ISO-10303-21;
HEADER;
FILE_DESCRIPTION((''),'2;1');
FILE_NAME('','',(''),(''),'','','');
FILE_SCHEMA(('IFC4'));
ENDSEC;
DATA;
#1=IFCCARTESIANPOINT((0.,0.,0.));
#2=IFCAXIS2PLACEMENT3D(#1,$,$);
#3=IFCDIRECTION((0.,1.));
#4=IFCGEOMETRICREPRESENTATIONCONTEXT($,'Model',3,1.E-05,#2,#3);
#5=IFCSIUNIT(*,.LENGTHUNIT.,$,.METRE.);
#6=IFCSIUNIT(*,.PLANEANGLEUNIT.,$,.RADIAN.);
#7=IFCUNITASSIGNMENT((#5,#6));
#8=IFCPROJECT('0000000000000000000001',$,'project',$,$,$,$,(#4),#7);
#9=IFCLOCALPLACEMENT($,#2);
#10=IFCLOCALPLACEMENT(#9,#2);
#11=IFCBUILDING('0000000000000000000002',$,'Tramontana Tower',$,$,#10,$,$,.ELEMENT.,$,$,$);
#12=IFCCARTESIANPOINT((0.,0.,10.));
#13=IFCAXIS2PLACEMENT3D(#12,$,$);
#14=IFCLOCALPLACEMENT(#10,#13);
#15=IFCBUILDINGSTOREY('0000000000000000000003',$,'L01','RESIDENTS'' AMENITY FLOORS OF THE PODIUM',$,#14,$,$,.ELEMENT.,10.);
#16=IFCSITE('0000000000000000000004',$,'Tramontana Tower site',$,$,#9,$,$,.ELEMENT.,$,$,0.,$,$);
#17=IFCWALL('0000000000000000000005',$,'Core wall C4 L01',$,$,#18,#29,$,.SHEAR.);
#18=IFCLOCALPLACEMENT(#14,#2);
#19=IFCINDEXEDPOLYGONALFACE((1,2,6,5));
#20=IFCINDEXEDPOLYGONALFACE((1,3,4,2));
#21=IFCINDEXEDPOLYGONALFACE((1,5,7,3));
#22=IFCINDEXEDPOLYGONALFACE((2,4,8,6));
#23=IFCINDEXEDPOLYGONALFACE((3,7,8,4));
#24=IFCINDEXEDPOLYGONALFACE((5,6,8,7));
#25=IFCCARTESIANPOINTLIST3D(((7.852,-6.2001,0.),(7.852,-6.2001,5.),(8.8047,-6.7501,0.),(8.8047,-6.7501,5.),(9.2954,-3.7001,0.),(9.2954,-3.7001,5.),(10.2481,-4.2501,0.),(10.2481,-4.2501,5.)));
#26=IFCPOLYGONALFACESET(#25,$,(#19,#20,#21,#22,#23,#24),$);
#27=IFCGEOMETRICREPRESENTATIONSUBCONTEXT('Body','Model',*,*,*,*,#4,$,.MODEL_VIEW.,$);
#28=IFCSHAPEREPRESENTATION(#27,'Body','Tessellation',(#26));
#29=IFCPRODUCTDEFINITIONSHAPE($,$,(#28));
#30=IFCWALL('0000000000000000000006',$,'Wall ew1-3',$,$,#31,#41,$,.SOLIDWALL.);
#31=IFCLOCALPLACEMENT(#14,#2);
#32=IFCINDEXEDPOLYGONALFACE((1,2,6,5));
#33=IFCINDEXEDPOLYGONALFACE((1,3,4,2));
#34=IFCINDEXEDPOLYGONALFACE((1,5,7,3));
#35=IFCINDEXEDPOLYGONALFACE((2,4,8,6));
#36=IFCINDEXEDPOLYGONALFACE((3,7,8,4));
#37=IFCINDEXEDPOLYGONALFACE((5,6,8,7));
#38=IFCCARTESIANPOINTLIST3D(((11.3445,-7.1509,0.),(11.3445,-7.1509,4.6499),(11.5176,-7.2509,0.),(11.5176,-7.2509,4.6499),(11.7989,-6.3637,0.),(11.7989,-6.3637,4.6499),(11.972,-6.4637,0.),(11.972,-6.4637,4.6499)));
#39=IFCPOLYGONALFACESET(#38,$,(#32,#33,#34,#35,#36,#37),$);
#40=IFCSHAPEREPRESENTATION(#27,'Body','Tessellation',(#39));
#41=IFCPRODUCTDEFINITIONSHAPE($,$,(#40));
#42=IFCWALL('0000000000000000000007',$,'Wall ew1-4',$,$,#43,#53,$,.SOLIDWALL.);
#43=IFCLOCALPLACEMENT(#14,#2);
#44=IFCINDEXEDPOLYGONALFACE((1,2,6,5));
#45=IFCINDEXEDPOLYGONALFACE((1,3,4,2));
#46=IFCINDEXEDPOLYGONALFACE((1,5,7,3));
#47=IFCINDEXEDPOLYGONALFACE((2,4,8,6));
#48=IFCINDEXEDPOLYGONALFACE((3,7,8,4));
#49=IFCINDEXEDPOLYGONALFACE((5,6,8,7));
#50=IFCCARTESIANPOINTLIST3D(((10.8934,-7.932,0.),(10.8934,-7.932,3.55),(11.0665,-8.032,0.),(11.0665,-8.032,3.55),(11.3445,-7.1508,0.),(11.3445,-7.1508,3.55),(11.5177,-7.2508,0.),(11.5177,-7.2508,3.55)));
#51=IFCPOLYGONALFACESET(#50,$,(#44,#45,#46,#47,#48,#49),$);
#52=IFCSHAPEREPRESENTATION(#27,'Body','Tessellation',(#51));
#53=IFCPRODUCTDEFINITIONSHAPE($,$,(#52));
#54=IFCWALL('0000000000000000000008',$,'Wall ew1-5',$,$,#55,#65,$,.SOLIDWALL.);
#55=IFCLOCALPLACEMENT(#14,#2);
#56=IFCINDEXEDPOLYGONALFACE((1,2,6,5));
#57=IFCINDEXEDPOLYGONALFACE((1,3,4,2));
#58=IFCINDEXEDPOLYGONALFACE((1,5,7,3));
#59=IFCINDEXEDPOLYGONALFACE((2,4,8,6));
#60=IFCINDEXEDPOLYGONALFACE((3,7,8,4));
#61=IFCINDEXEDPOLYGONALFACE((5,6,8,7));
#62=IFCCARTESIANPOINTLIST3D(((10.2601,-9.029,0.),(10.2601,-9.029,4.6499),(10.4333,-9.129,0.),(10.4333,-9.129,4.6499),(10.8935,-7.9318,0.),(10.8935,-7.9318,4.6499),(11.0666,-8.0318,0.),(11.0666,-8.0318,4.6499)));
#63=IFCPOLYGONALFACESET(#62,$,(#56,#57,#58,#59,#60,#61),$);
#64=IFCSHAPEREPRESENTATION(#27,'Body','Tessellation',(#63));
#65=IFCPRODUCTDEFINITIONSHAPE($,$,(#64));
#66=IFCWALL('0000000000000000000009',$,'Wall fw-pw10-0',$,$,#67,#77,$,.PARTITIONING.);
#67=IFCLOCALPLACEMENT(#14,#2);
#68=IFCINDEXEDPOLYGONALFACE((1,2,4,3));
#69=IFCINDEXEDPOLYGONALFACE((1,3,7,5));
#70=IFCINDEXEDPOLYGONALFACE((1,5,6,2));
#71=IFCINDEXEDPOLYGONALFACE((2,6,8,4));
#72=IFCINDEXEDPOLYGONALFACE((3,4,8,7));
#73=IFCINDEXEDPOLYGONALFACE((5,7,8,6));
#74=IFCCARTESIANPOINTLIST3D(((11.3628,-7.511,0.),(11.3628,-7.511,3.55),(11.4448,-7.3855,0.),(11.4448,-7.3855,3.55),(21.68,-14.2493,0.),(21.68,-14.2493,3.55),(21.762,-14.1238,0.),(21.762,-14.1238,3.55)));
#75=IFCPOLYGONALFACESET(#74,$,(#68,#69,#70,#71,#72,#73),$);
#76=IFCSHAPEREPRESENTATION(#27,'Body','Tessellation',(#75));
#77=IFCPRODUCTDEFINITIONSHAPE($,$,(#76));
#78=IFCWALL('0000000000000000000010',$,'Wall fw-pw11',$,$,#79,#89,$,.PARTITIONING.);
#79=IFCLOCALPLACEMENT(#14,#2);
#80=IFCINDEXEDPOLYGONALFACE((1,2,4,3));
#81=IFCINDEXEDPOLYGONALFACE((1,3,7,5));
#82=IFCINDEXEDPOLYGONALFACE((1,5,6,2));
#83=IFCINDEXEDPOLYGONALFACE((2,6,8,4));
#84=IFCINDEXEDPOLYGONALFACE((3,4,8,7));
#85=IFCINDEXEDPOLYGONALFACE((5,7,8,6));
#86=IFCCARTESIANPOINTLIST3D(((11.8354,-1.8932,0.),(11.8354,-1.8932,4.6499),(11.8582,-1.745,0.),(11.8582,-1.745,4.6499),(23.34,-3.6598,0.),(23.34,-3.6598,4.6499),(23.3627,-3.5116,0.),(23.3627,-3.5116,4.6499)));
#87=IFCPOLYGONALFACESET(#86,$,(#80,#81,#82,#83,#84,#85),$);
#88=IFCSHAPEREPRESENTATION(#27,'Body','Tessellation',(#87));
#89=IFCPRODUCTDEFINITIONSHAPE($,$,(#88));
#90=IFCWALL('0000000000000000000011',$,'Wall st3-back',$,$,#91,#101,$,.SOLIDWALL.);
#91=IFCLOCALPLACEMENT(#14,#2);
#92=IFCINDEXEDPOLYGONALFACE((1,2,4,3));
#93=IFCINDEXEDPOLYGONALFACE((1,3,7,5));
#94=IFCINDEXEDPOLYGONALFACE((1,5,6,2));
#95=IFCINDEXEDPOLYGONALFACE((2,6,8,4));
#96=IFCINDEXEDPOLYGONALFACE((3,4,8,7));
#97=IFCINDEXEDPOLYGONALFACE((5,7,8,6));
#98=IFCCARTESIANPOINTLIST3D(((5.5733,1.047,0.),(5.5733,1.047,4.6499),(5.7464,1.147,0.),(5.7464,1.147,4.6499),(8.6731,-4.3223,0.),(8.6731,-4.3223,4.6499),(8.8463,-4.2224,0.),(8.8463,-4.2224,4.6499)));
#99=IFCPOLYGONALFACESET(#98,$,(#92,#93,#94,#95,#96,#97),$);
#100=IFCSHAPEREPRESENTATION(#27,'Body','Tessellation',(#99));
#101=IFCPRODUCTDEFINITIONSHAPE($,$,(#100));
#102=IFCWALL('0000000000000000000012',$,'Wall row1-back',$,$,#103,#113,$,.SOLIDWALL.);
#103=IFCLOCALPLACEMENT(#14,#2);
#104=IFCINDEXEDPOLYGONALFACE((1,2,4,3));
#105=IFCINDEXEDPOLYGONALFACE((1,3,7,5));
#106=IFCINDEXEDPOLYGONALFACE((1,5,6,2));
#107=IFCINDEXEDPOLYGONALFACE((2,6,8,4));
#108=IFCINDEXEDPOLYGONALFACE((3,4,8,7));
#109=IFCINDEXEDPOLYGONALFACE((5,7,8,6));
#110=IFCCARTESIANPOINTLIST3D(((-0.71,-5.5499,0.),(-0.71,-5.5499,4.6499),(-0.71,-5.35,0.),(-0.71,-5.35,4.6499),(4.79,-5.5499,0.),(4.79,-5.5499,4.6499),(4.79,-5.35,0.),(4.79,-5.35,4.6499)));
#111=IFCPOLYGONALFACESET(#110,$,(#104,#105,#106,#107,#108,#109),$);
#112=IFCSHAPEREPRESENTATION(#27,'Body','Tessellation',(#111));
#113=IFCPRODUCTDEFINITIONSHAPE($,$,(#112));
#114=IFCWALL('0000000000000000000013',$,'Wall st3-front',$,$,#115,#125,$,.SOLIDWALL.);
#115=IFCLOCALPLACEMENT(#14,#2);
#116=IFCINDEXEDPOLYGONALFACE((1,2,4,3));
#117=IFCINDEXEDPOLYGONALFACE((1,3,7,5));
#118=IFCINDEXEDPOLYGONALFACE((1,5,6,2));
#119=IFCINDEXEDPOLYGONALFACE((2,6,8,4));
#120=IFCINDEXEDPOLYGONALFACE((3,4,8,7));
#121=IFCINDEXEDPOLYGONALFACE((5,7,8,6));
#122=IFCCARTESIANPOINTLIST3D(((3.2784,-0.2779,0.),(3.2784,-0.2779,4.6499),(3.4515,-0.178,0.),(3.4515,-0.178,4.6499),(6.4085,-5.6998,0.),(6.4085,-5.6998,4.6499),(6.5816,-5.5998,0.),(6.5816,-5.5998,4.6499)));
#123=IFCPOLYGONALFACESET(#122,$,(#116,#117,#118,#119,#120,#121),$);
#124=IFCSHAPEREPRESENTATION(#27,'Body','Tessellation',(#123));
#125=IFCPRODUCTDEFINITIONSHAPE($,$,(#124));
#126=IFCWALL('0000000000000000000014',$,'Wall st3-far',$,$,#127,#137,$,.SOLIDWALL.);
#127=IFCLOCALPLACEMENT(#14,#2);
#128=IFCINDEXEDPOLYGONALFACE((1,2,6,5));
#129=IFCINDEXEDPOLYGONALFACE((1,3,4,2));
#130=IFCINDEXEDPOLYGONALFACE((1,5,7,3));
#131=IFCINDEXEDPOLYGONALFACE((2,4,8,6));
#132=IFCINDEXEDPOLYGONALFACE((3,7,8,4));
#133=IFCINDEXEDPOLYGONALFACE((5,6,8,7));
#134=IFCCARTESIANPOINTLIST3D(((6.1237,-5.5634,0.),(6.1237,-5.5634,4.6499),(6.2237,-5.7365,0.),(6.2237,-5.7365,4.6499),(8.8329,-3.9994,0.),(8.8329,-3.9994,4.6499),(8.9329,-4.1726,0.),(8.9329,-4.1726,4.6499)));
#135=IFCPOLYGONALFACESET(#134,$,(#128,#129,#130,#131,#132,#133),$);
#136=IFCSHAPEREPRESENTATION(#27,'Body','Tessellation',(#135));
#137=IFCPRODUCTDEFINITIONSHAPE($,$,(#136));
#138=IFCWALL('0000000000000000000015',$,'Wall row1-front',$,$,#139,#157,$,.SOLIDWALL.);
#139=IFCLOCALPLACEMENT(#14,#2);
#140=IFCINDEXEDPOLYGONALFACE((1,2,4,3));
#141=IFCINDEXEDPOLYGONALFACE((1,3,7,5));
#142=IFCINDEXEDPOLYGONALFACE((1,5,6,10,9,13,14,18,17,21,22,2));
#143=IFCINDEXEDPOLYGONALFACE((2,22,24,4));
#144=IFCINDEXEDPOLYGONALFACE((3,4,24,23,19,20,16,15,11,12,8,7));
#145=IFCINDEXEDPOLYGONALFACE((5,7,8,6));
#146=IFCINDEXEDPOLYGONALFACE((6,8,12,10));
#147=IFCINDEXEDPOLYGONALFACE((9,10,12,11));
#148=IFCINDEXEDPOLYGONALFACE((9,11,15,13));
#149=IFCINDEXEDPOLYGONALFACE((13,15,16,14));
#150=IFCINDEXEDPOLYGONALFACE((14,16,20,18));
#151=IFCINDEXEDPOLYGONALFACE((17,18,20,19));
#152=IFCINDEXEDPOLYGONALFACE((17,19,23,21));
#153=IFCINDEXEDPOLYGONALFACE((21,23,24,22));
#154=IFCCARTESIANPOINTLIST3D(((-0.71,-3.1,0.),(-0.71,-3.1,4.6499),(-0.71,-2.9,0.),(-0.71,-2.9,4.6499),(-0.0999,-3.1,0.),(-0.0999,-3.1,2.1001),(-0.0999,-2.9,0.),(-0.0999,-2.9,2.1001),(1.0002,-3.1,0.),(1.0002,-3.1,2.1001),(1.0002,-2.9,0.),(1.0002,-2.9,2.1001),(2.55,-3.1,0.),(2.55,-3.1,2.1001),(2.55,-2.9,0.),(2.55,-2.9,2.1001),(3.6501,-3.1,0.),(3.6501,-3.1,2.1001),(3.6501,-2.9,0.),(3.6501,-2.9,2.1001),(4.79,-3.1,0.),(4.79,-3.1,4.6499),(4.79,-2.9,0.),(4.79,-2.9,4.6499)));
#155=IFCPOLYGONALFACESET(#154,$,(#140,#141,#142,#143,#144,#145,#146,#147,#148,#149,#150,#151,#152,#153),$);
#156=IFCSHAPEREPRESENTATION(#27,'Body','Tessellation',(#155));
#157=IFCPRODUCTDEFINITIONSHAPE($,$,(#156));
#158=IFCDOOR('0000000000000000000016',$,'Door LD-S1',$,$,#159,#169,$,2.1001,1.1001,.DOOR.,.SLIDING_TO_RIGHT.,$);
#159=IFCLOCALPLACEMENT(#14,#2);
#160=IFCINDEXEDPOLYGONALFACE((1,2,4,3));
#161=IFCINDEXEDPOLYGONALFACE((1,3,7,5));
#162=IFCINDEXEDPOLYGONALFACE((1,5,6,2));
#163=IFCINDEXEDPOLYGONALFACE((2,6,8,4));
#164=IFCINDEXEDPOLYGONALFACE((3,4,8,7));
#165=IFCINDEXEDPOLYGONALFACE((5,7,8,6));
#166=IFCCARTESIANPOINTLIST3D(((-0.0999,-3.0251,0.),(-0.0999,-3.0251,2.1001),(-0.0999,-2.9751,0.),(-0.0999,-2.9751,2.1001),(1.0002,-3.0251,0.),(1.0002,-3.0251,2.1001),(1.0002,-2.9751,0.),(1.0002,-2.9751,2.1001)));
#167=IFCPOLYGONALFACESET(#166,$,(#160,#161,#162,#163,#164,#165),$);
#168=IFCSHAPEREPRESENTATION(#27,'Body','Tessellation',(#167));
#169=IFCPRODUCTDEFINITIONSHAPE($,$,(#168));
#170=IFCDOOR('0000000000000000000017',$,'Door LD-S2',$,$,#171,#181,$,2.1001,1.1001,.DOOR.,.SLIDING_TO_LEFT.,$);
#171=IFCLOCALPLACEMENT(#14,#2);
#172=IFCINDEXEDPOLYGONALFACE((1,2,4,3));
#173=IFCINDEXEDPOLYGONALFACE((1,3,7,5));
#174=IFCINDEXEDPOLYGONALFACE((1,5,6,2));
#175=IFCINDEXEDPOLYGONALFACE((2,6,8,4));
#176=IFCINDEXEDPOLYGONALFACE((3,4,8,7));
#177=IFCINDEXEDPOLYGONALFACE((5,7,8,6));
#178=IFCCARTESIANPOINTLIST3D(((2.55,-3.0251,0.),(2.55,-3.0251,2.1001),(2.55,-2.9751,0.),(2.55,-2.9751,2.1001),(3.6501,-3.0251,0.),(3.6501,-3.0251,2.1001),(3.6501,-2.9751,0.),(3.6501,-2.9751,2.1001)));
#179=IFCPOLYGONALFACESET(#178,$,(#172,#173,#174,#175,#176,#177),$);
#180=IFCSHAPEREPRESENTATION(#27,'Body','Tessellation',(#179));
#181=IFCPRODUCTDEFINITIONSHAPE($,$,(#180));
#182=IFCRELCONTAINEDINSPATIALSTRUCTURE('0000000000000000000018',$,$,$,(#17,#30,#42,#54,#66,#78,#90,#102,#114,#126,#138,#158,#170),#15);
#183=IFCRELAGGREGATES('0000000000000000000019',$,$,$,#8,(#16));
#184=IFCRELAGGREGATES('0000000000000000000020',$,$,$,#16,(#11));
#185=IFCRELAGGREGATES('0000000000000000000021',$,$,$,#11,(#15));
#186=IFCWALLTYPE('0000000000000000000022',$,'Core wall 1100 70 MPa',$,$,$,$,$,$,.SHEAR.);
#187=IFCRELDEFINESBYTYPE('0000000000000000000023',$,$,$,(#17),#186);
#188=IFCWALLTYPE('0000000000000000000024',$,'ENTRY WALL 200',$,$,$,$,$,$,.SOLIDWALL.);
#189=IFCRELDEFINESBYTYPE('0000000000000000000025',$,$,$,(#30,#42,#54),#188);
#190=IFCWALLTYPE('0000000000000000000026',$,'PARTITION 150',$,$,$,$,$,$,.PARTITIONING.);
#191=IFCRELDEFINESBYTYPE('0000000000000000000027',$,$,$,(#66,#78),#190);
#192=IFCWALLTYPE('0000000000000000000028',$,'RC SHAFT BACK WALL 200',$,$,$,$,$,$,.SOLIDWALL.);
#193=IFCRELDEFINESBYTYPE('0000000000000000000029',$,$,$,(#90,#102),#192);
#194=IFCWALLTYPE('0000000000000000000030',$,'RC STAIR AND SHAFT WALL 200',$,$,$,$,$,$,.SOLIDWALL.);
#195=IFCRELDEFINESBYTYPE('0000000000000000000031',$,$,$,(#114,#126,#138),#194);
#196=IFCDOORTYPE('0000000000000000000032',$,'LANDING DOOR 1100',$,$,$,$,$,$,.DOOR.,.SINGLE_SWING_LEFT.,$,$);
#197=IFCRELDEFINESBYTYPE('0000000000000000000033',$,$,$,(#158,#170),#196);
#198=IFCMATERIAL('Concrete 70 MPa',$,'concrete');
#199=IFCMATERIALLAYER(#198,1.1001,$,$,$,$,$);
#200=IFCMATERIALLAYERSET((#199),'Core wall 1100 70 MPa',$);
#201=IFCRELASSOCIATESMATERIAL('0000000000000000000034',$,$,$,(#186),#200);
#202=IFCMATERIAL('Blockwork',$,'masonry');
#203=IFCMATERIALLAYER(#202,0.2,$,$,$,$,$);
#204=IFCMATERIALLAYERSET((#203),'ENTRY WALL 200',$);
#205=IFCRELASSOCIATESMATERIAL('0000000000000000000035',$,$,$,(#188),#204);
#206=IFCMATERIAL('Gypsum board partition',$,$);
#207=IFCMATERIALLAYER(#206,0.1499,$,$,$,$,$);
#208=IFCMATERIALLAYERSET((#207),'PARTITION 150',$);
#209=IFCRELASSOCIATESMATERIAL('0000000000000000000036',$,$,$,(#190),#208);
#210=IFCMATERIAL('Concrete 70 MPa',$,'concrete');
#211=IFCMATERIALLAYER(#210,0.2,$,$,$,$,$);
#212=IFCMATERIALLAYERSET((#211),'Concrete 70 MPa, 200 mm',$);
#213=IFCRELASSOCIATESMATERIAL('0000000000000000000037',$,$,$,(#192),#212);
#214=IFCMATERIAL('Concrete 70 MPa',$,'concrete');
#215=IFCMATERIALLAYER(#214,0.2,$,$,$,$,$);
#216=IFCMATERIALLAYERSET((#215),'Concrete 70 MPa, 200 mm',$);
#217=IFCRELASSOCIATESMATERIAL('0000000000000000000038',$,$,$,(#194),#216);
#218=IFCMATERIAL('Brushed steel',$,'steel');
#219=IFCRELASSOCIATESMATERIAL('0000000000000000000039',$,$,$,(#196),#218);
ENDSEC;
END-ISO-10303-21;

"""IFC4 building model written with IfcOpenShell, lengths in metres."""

from ifc_helpers import new_model, si_unit, direction, frame, frame_2d, origin, place, context, subcontext, project, spatial, rectangle, extrude, material, layer, layer_set, type_object, element, fill, save


model = new_model("IFC4")

# Units and contexts
model_context = context("Model", 3, precision=1e-05, world=origin(), true_north=direction((0.0, 1.0)))
body_context = subcontext(model_context, "Body", "Model", "MODEL_VIEW")
ifc_project = project(units=[si_unit("LENGTHUNIT", "METRE"), si_unit("PLANEANGLEUNIT", "RADIAN")], contexts=[model_context])

# Site, building, storey
site_placement = place(None, origin())
site = spatial("IfcSite", under=ifc_project, at=site_placement, Name="Tramontana Tower site", CompositionType="ELEMENT", RefElevation=0.0)
building_placement = place(site_placement, origin())
building = spatial("IfcBuilding", under=site, at=building_placement, Name="Tramontana Tower", CompositionType="ELEMENT")
storey_placement = place(building_placement, frame((0.0, 0.0, 10.0)))
storey = spatial("IfcBuildingStorey", under=building, at=storey_placement, Name="L01", Description="RESIDENTS' AMENITY FLOORS OF THE PODIUM", CompositionType="ELEMENT", Elevation=10.0)

# Wall
ifc_material_1 = material(Name="Concrete 70 MPa", Category="concrete")
ifc_layer_1 = layer(ifc_material_1, 1.1001)
ifc_layer_set_1 = layer_set([ifc_layer_1], Name="Core wall 1100 70 MPa")
wall_type_1 = type_object("IfcWallType", Name="Core wall 1100 70 MPa", PredefinedType="SHEAR", material=ifc_layer_set_1)
wall_1_placement = place(storey_placement, frame((8.3284, -6.4751, 0.0), z_axis=(0.0, 0.0, 1.0), x_axis=(0.499996, 0.866028, 0.0)))
element("IfcWall", 1, at=wall_1_placement, inside=storey, type_object=wall_type_1, Name="Core wall C4 L01", PredefinedType="SHEAR", context=body_context, shape_type="SweptSolid", body=[
    extrude(rectangle(XDim=2.8867, YDim=1.1001, at=frame_2d((1.4434, 0.0))), origin(), (0.0, 0.0, 1.0), 5.0),
])

# Shared definitions
ifc_material_2 = material(Name="Blockwork", Category="masonry")
ifc_layer_2 = layer(ifc_material_2, 0.2)
ifc_layer_set_2 = layer_set([ifc_layer_2], Name="ENTRY WALL 200")
wall_type_2 = type_object("IfcWallType", Name="ENTRY WALL 200", PredefinedType="SOLIDWALL", material=ifc_layer_set_2)

# Walls
wall_2_placement = place(storey_placement, frame((11.8855, -6.4136, 0.0), z_axis=(0.0, 0.0, 1.0), x_axis=(-0.499924, -0.866069, 0.0)))
element("IfcWall", 2, at=wall_2_placement, inside=storey, type_object=wall_type_2, Name="Wall ew1-3", PredefinedType="SOLIDWALL", context=body_context, shape_type="SweptSolid", body=[
    extrude(rectangle(XDim=0.9089, YDim=0.2, at=frame_2d((0.4546, 0.0))), origin(), (0.0, 0.0, 1.0), 4.6499),
])
wall_3_placement = place(storey_placement, frame((11.4312, -7.2007, 0.0), z_axis=(0.0, 0.0, 1.0), x_axis=(-0.500097, -0.865969, 0.0)))
element("IfcWall", 3, at=wall_3_placement, inside=storey, type_object=wall_type_2, Name="Wall ew1-4", PredefinedType="SOLIDWALL", context=body_context, shape_type="SweptSolid", body=[
    extrude(rectangle(XDim=0.9021, YDim=0.2, at=frame_2d((0.4512, 0.0))), origin(), (0.0, 0.0, 1.0), 3.55),
])
wall_4_placement = place(storey_placement, frame((10.98, -7.9819, 0.0), z_axis=(0.0, 0.0, 1.0), x_axis=(-0.499912, -0.866076, 0.0)))
element("IfcWall", 4, at=wall_4_placement, inside=storey, type_object=wall_type_2, Name="Wall ew1-5", PredefinedType="SOLIDWALL", context=body_context, shape_type="SweptSolid", body=[
    extrude(rectangle(XDim=1.2668, YDim=0.2, at=frame_2d((0.6333, 0.0))), origin(), (0.0, 0.0, 1.0), 4.6499),
])
ifc_material_3 = material(Name="Gypsum board partition")
ifc_layer_3 = layer(ifc_material_3, 0.1499)
ifc_layer_set_3 = layer_set([ifc_layer_3], Name="PARTITION 150")
wall_type_3 = type_object("IfcWallType", Name="PARTITION 150", PredefinedType="PARTITIONING", material=ifc_layer_set_3)
wall_5_placement = place(storey_placement, frame((11.4038, -7.4482, 0.0), z_axis=(0.0, 0.0, 1.0), x_axis=(0.83725, -0.546821, 0.0)))
element("IfcWall", 5, at=wall_5_placement, inside=storey, type_object=wall_type_3, Name="Wall fw-pw10-0", PredefinedType="PARTITIONING", context=body_context, shape_type="SweptSolid", body=[
    extrude(rectangle(XDim=12.3228, YDim=0.1499, at=frame_2d((6.1614, 0.0))), origin(), (0.0, 0.0, 1.0), 3.55),
])
wall_6_placement = place(storey_placement, frame((11.8467, -1.8191, 0.0), z_axis=(0.0, 0.0, 1.0), x_axis=(0.988415, -0.151777, 0.0)))
element("IfcWall", 6, at=wall_6_placement, inside=storey, type_object=wall_type_3, Name="Wall fw-pw11", PredefinedType="PARTITIONING", context=body_context, shape_type="SweptSolid", body=[
    extrude(rectangle(XDim=11.6394, YDim=0.1499, at=frame_2d((5.8198, 0.0))), origin(), (0.0, 0.0, 1.0), 4.6499),
])
ifc_material_4 = material(Name="Concrete 70 MPa", Category="concrete")
ifc_layer_4 = layer(ifc_material_4, 0.2)
ifc_layer_set_4 = layer_set([ifc_layer_4], Name="Concrete 70 MPa, 200 mm")
wall_type_4 = type_object("IfcWallType", Name="RC SHAFT BACK WALL 200", PredefinedType="SOLIDWALL", material=ifc_layer_set_4)
wall_7_placement = place(storey_placement, frame((8.7598, -4.2725, 0.0), z_axis=(0.0, 0.0, 1.0), x_axis=(-0.49998, 0.866037, 0.0)))
element("IfcWall", 7, at=wall_7_placement, inside=storey, type_object=wall_type_4, Name="Wall st3-back", PredefinedType="SOLIDWALL", context=body_context, shape_type="SweptSolid", body=[
    extrude(rectangle(XDim=6.2, YDim=0.2, at=frame_2d((3.1001, 0.0))), origin(), (0.0, 0.0, 1.0), 4.6499),
])
wall_8_placement = place(storey_placement, frame((-0.71, -5.45, 0.0), z_axis=(0.0, 0.0, 1.0), x_axis=(1.0, 0.0, 0.0)))
element("IfcWall", 8, at=wall_8_placement, inside=storey, type_object=wall_type_4, Name="Wall row1-back", PredefinedType="SOLIDWALL", context=body_context, shape_type="SweptSolid", body=[
    extrude(rectangle(XDim=5.5, YDim=0.2, at=frame_2d((2.75, 0.0))), origin(), (0.0, 0.0, 1.0), 4.6499),
])
ifc_material_5 = material(Name="Concrete 70 MPa", Category="concrete")
ifc_layer_5 = layer(ifc_material_5, 0.2)
ifc_layer_set_5 = layer_set([ifc_layer_5], Name="Concrete 70 MPa, 200 mm")
wall_type_5 = type_object("IfcWallType", Name="RC STAIR AND SHAFT WALL 200", PredefinedType="SOLIDWALL", material=ifc_layer_set_5)
wall_9_placement = place(storey_placement, frame((6.4951, -5.6499, 0.0), z_axis=(0.0, 0.0, 1.0), x_axis=(-0.499977, 0.866039, 0.0)))
element("IfcWall", 9, at=wall_9_placement, inside=storey, type_object=wall_type_5, Name="Wall st3-front", PredefinedType="SOLIDWALL", context=body_context, shape_type="SweptSolid", body=[
    extrude(rectangle(XDim=6.2605, YDim=0.2, at=frame_2d((3.1304, 0.0))), origin(), (0.0, 0.0, 1.0), 4.6499),
])
wall_10_placement = place(storey_placement, frame((6.1738, -5.6499, 0.0), z_axis=(0.0, 0.0, 1.0), x_axis=(0.866054, 0.49995, 0.0)))
element("IfcWall", 10, at=wall_10_placement, inside=storey, type_object=wall_type_5, Name="Wall st3-far", PredefinedType="SOLIDWALL", context=body_context, shape_type="SweptSolid", body=[
    extrude(rectangle(XDim=3.1282, YDim=0.2, at=frame_2d((1.564, 0.0))), origin(), (0.0, 0.0, 1.0), 4.6499),
])

# Wall, openings, doors
wall_11_placement = place(storey_placement, frame((-0.71, -3.0, 0.0), z_axis=(0.0, 0.0, 1.0), x_axis=(1.0, 0.0, 0.0)))
wall_11 = element("IfcWall", 11, at=wall_11_placement, inside=storey, type_object=wall_type_5, Name="Wall row1-front", PredefinedType="SOLIDWALL", context=body_context, shape_type="SweptSolid", body=[
    extrude(rectangle(XDim=5.5, YDim=0.2, at=frame_2d((2.75, 0.0))), origin(), (0.0, 0.0, 1.0), 4.6499),
])
opening_1_placement = place(wall_11_placement, frame((0.6101, 0.0, 0.0)))
opening_1 = element("IfcOpeningElement", 12, at=opening_1_placement, cuts=wall_11, PredefinedType="OPENING", context=body_context, shape_type="SweptSolid", body=[
    extrude(rectangle(XDim=1.1001, YDim=2.1001, at=frame_2d((0.55, 1.05))), frame((0.0, 0.1099, 0.0), z_axis=(0.0, -1.0, 0.0), x_axis=(1.0, 0.0, 0.0)), (0.0, 0.0, 1.0), 0.22),
])
opening_2_placement = place(wall_11_placement, frame((3.26, 0.0, 0.0)))
opening_2 = element("IfcOpeningElement", 13, at=opening_2_placement, cuts=wall_11, PredefinedType="OPENING", context=body_context, shape_type="SweptSolid", body=[
    extrude(rectangle(XDim=1.1001, YDim=2.1001, at=frame_2d((0.55, 1.05))), frame((0.0, 0.1099, 0.0), z_axis=(0.0, -1.0, 0.0), x_axis=(1.0, 0.0, 0.0)), (0.0, 0.0, 1.0), 0.22),
])
ifc_material_6 = material(Name="Brushed steel", Category="steel")
door_type_1 = type_object("IfcDoorType", Name="LANDING DOOR 1100", OperationType="SINGLE_SWING_LEFT", PredefinedType="DOOR", material=ifc_material_6)
door_1_placement = place(opening_1_placement, origin())
door_1 = element("IfcDoor", 14, at=door_1_placement, inside=storey, type_object=door_type_1, Name="Door LD-S1", OperationType="SLIDING_TO_RIGHT", OverallHeight=2.1001, OverallWidth=1.1001, PredefinedType="DOOR", context=body_context, shape_type="SweptSolid", body=[
    extrude(rectangle(XDim=1.1001, YDim=2.1001, at=frame_2d((0.55, 1.05))), frame((0.0, 0.0249, 0.0), z_axis=(0.0, -1.0, 0.0), x_axis=(1.0, 0.0, 0.0)), (0.0, 0.0, 1.0), 0.05),
])
fill(opening_1, door_1)
door_2_placement = place(opening_2_placement, origin())
door_2 = element("IfcDoor", 15, at=door_2_placement, inside=storey, type_object=door_type_1, Name="Door LD-S2", OperationType="SLIDING_TO_LEFT", OverallHeight=2.1001, OverallWidth=1.1001, PredefinedType="DOOR", context=body_context, shape_type="SweptSolid", body=[
    extrude(rectangle(XDim=1.1001, YDim=2.1001, at=frame_2d((0.55, 1.05))), frame((0.0, 0.0249, 0.0), z_axis=(0.0, -1.0, 0.0), x_axis=(1.0, 0.0, 0.0)), (0.0, 0.0, 1.0), 0.05),
])
fill(opening_2, door_2)

save(model, "model.ifc")
